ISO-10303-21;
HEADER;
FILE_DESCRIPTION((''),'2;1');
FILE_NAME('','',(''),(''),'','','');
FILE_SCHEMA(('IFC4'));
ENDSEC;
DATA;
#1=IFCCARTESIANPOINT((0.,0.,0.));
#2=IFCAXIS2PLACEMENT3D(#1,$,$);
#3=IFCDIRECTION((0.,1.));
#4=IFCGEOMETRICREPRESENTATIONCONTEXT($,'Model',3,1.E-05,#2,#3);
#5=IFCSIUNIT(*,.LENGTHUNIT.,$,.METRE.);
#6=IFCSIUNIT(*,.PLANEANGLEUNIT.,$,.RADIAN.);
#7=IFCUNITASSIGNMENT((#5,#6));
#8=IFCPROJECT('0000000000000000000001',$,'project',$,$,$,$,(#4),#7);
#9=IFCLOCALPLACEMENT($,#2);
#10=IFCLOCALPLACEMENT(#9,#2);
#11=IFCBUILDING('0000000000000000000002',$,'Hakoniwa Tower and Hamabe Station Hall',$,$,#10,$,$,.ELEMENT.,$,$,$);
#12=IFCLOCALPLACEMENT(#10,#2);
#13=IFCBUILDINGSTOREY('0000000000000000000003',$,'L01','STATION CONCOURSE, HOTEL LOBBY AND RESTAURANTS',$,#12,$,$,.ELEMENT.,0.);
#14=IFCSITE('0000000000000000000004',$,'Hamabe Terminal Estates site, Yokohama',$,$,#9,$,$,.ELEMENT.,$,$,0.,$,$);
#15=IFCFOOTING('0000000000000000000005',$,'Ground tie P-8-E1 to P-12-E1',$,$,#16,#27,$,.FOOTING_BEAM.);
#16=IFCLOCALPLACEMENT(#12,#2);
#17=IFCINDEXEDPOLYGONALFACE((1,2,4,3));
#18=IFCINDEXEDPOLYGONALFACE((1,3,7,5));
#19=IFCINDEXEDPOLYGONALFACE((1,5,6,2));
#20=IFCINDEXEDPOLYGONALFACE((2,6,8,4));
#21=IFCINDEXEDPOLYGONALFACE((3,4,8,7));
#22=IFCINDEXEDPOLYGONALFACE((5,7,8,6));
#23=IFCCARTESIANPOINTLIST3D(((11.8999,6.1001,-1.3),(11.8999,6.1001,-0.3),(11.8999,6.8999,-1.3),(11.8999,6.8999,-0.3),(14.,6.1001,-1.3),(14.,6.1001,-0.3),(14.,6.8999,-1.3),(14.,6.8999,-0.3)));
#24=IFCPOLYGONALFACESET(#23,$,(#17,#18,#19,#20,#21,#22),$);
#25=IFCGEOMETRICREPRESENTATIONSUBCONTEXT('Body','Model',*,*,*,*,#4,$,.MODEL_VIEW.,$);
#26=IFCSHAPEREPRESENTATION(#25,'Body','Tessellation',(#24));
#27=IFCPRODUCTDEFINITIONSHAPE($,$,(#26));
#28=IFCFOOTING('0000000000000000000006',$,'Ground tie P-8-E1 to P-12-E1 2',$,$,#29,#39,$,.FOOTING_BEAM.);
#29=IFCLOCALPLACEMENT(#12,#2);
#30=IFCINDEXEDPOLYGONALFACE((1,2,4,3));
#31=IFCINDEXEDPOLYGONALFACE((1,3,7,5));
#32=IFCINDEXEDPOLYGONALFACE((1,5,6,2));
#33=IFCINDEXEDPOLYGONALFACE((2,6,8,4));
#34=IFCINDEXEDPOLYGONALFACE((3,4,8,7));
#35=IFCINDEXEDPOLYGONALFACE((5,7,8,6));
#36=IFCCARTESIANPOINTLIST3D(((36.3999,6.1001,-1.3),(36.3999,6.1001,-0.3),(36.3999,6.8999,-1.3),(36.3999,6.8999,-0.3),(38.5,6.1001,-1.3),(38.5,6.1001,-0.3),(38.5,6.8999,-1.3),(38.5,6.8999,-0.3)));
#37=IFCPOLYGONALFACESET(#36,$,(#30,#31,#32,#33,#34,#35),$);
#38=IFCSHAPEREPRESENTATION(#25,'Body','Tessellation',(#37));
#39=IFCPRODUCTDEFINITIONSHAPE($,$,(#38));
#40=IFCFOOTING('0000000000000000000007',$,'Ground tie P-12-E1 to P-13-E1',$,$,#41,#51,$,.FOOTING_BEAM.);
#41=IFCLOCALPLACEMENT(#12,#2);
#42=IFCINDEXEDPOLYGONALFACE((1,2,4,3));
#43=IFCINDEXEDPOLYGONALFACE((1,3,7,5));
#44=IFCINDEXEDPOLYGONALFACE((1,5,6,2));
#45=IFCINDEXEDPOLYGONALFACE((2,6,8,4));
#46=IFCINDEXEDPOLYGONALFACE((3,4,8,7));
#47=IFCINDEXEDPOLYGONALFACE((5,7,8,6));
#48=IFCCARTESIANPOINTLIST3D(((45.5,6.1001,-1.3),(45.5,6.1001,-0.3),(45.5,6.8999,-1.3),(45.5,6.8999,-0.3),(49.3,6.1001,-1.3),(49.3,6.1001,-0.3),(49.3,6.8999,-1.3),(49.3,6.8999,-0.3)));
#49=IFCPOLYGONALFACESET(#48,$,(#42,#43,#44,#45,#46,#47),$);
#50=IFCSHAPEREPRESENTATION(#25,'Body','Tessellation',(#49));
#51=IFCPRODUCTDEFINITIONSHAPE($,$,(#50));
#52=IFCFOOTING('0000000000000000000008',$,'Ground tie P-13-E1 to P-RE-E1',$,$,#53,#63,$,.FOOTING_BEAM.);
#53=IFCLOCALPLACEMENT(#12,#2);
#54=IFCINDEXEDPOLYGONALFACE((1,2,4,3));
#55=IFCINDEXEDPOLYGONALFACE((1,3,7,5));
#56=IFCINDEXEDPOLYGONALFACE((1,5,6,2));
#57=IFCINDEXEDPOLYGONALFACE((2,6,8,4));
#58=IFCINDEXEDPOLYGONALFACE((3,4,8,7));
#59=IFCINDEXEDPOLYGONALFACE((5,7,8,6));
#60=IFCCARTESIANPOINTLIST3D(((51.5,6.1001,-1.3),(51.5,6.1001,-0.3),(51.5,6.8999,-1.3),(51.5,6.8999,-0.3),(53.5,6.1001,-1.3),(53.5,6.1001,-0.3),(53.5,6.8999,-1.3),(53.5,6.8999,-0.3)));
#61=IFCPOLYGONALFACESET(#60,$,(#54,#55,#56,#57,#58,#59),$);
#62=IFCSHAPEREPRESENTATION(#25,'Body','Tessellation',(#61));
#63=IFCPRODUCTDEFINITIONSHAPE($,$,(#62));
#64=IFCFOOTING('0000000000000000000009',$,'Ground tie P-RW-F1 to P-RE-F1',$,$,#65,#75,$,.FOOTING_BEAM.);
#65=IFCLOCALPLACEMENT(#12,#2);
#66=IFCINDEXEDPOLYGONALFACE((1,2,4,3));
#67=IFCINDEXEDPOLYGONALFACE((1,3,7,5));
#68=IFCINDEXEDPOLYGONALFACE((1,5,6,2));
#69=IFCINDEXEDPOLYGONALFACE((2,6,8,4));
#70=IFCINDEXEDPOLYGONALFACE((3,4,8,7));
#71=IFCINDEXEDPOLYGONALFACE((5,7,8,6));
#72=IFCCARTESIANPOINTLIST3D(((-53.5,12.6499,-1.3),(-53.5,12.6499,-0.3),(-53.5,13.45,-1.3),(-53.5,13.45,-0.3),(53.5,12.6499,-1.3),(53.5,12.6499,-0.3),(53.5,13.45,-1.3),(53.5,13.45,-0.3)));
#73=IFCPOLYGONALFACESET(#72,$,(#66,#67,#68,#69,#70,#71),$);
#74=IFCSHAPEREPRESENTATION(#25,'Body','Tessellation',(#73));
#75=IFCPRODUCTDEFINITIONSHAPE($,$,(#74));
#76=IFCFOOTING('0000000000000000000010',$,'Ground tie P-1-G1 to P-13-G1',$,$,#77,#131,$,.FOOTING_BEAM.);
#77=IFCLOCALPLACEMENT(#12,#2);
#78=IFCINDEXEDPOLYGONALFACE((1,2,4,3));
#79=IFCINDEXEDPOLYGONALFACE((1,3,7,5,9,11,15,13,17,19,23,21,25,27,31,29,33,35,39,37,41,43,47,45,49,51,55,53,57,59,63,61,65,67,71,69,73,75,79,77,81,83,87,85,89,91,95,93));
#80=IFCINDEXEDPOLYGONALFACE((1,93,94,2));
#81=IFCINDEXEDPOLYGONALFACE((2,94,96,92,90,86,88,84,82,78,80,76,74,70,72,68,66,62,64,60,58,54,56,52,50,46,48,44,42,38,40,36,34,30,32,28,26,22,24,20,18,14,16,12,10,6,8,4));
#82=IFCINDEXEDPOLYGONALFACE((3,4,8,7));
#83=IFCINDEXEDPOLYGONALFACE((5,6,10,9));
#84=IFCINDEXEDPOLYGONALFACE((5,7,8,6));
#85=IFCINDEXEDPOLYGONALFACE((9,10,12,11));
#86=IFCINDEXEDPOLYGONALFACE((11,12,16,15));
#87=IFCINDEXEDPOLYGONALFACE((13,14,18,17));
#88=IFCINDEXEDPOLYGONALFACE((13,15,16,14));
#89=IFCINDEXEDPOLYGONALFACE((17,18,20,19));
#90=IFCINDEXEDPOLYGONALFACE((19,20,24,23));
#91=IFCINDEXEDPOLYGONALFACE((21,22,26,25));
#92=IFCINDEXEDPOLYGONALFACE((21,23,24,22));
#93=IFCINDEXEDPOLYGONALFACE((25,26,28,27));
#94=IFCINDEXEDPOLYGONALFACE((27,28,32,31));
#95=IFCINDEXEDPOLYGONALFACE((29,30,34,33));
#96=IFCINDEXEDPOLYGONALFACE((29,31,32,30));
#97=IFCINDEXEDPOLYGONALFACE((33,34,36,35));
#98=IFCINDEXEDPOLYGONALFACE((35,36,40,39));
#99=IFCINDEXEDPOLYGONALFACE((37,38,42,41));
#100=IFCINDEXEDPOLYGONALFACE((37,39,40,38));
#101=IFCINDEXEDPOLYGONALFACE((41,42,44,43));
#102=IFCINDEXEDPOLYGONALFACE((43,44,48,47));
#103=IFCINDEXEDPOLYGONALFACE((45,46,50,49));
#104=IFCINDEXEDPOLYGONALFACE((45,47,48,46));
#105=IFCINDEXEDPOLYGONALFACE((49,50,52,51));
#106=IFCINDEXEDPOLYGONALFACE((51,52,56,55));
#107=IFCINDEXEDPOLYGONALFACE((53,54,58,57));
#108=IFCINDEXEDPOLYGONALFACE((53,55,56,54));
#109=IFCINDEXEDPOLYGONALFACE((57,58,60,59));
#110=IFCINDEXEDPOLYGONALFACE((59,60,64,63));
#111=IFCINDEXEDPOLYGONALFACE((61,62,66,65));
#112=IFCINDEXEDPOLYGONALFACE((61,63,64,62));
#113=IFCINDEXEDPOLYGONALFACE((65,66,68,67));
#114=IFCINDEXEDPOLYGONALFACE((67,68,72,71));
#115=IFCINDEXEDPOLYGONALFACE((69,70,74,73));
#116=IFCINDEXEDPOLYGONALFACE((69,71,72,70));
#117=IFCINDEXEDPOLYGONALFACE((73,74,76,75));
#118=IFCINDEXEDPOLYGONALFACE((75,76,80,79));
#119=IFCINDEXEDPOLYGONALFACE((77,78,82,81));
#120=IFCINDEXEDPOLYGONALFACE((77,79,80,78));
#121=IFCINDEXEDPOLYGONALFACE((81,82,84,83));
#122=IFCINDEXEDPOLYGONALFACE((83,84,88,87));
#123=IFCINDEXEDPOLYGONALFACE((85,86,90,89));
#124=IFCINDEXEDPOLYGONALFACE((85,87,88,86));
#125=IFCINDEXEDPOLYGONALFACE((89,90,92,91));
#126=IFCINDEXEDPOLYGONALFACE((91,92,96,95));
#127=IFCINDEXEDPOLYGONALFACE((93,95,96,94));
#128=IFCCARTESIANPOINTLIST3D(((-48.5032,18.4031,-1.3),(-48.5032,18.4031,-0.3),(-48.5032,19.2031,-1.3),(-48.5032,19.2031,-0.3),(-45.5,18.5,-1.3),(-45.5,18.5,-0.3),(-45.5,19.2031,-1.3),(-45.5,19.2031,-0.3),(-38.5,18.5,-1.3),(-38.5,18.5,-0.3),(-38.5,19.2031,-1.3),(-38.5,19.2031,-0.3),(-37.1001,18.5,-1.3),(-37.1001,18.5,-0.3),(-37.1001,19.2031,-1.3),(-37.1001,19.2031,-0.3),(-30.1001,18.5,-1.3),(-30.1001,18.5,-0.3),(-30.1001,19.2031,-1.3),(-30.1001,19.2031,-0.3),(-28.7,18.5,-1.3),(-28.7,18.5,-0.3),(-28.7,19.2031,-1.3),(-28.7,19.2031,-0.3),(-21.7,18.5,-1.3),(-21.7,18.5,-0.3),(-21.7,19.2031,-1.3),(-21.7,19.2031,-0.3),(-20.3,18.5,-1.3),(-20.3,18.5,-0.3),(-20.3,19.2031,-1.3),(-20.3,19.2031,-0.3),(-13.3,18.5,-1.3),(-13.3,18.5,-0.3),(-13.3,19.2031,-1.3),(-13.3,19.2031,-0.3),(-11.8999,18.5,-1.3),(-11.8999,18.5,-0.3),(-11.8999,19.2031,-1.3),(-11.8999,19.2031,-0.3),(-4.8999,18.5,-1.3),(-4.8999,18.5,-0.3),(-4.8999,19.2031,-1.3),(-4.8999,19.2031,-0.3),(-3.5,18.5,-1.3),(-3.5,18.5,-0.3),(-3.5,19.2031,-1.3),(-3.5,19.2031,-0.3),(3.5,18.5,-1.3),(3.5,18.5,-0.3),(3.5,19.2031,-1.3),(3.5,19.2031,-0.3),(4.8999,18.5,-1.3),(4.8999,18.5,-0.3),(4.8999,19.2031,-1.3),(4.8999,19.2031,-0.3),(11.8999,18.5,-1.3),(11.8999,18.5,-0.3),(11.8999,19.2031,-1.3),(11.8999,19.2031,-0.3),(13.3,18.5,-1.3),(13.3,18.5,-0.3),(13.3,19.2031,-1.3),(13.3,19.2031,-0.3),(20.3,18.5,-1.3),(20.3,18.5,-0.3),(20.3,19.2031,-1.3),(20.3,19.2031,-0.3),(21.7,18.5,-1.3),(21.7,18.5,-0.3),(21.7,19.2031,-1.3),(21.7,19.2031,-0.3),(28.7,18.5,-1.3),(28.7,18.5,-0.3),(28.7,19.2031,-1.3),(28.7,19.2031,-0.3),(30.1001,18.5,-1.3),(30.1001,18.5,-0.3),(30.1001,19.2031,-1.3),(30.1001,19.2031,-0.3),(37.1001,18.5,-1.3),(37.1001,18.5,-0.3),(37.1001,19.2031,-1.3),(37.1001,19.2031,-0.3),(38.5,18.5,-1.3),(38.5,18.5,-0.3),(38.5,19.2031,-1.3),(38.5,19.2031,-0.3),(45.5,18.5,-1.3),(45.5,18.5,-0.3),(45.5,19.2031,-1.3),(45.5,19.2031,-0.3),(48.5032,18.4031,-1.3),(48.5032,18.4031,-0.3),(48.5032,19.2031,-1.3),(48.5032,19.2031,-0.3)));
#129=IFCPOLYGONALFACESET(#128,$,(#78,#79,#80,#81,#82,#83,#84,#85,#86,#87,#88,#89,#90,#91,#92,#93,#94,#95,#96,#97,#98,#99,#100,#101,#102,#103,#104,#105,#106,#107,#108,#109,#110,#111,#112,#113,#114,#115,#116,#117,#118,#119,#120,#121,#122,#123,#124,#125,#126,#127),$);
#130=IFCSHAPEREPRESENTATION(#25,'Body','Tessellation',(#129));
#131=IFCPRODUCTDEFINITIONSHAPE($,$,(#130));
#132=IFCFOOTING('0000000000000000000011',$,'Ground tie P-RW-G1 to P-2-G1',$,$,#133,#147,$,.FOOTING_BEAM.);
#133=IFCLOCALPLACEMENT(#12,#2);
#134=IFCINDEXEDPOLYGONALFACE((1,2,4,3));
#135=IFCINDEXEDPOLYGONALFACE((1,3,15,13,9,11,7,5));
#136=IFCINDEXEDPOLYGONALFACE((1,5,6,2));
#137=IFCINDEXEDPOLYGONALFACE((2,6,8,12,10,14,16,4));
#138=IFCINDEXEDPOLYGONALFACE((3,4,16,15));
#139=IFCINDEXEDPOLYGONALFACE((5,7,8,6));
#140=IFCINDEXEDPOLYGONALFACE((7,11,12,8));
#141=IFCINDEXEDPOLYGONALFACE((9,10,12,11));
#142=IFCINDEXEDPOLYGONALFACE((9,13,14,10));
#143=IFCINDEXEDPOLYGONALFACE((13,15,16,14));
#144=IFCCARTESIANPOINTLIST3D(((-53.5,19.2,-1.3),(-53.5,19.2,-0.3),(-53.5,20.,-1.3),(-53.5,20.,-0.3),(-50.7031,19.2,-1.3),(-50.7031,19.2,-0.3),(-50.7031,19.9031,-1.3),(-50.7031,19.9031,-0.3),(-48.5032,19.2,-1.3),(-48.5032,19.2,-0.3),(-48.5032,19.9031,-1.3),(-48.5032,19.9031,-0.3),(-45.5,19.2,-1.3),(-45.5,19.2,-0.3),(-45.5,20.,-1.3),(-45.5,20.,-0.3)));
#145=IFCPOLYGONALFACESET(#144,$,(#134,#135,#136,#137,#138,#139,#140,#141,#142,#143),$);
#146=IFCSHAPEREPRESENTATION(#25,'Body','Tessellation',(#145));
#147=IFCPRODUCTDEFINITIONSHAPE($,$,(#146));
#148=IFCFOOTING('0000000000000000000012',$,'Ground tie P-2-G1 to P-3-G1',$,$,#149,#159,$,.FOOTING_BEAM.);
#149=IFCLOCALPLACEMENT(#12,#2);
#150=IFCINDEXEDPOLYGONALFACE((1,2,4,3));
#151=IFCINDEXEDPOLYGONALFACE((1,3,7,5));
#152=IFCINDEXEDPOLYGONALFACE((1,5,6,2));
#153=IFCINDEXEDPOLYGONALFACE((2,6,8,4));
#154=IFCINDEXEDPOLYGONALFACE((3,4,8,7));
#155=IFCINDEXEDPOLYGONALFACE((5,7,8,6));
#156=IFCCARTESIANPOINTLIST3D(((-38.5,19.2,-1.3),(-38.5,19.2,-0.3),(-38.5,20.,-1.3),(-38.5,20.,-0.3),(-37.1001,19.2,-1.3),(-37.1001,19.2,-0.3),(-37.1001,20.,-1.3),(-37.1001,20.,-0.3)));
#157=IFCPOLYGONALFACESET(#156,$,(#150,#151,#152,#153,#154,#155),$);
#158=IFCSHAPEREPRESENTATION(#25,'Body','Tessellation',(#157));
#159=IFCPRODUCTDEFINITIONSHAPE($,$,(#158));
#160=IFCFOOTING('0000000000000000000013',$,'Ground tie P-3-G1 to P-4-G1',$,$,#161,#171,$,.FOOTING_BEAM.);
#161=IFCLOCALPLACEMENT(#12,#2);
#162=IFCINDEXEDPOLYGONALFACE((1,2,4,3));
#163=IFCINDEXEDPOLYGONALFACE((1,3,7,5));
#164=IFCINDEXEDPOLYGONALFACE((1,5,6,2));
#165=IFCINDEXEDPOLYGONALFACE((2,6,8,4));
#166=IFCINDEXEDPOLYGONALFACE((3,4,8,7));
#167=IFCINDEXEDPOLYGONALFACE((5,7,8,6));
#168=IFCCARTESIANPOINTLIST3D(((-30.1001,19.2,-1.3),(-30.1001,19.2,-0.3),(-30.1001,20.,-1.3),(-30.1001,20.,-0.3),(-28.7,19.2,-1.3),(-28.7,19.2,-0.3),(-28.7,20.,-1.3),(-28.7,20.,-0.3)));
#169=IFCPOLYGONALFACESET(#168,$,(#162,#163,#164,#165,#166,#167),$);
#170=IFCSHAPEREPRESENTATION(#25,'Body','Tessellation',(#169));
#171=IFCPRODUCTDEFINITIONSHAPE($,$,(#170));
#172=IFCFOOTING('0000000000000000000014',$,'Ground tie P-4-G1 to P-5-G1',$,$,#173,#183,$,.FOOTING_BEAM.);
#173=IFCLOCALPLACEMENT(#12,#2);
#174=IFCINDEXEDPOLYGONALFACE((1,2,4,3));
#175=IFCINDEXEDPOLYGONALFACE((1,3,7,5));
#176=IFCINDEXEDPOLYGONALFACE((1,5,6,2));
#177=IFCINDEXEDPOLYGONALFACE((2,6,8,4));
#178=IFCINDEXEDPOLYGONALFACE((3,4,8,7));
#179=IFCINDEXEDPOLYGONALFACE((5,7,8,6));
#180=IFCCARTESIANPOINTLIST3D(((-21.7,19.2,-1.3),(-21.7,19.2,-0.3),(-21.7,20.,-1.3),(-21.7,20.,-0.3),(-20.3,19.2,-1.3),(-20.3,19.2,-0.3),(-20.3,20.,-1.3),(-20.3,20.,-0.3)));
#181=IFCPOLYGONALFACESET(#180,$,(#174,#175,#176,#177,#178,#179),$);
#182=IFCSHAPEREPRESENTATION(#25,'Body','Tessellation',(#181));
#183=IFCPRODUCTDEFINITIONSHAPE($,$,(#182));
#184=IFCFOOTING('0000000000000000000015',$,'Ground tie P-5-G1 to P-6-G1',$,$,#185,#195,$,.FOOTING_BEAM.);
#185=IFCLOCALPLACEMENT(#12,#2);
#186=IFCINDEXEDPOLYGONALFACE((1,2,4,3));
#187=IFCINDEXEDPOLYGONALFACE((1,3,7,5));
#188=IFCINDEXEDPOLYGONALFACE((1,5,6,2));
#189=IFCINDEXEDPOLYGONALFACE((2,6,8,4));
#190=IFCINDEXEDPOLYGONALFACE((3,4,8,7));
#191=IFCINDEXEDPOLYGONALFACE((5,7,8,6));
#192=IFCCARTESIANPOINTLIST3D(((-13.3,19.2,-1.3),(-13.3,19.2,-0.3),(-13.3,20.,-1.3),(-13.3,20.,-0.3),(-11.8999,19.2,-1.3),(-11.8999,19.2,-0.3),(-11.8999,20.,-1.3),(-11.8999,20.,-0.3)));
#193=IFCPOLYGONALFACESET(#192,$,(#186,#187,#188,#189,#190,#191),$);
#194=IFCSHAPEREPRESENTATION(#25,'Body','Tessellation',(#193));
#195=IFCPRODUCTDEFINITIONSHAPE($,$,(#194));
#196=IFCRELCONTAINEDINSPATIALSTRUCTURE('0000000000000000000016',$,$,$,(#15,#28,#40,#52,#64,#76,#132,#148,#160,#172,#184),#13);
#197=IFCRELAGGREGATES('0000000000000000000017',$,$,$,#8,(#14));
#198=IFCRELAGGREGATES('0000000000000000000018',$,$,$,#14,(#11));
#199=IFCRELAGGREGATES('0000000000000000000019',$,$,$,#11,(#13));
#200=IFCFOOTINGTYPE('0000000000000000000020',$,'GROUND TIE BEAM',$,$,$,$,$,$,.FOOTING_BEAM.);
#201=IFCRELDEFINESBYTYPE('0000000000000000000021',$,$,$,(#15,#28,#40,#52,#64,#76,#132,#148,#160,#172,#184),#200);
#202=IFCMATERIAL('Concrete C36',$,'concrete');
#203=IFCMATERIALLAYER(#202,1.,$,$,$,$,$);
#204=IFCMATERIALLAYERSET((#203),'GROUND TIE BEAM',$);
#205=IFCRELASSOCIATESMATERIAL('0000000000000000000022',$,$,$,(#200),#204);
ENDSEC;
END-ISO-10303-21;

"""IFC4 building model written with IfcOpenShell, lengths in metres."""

from ifc_helpers import new_model, si_unit, direction, frame, origin, place, context, subcontext, project, spatial, polyline, outline, extrude, material, layer, layer_set, type_object, element, save


model = new_model("IFC4")

# Units and contexts
model_context = context("Model", 3, precision=1e-05, world=origin(), true_north=direction((0.0, 1.0)))
body_context = subcontext(model_context, "Body", "Model", "MODEL_VIEW")
ifc_project = project(units=[si_unit("LENGTHUNIT", "METRE"), si_unit("PLANEANGLEUNIT", "RADIAN")], contexts=[model_context])

# Site, building, storey
site_placement = place(None, origin())
site = spatial("IfcSite", under=ifc_project, at=site_placement, Name="Hamabe Terminal Estates site, Yokohama", CompositionType="ELEMENT", RefElevation=0.0)
building_placement = place(site_placement, origin())
building = spatial("IfcBuilding", under=site, at=building_placement, Name="Hakoniwa Tower and Hamabe Station Hall", CompositionType="ELEMENT")
storey_placement = place(building_placement, origin())
storey = spatial("IfcBuildingStorey", under=building, at=storey_placement, Name="L01", Description="STATION CONCOURSE, HOTEL LOBBY AND RESTAURANTS", CompositionType="ELEMENT", Elevation=0.0)

# Footings
ifc_material = material(Name="Concrete C36", Category="concrete")
ifc_layer = layer(ifc_material, 1.0)
ifc_layer_set = layer_set([ifc_layer], Name="GROUND TIE BEAM")
footing_type = type_object("IfcFootingType", Name="GROUND TIE BEAM", PredefinedType="FOOTING_BEAM", material=ifc_layer_set)
footing_1_placement = place(storey_placement, frame((0.0, 0.0, -1.3)))
element("IfcFooting", 1, at=footing_1_placement, inside=storey, type_object=footing_type, Name="Ground tie P-8-E1 to P-12-E1", PredefinedType="FOOTING_BEAM", context=body_context, shape_type="SweptSolid", body=[
    extrude(outline(polyline([(11.8999, 6.8999), (11.8999, 6.1001), (14.0, 6.1001), (14.0, 6.8999), (11.8999, 6.8999)])), origin(), (0.0, 0.0, 1.0), 1.0),
])
footing_2_placement = place(storey_placement, frame((0.0, 0.0, -1.3)))
element("IfcFooting", 2, at=footing_2_placement, inside=storey, type_object=footing_type, Name="Ground tie P-8-E1 to P-12-E1 2", PredefinedType="FOOTING_BEAM", context=body_context, shape_type="SweptSolid", body=[
    extrude(outline(polyline([(38.5, 6.8999), (36.3999, 6.8999), (36.3999, 6.1001), (38.5, 6.1001), (38.5, 6.8999)])), origin(), (0.0, 0.0, 1.0), 1.0),
])
footing_3_placement = place(storey_placement, frame((0.0, 0.0, -1.3)))
element("IfcFooting", 3, at=footing_3_placement, inside=storey, type_object=footing_type, Name="Ground tie P-12-E1 to P-13-E1", PredefinedType="FOOTING_BEAM", context=body_context, shape_type="SweptSolid", body=[
    extrude(outline(polyline([(45.5, 6.8999), (45.5, 6.1001), (49.3, 6.1001), (49.3, 6.8999), (45.5, 6.8999)])), origin(), (0.0, 0.0, 1.0), 1.0),
])
footing_4_placement = place(storey_placement, frame((0.0, 0.0, -1.3)))
element("IfcFooting", 4, at=footing_4_placement, inside=storey, type_object=footing_type, Name="Ground tie P-13-E1 to P-RE-E1", PredefinedType="FOOTING_BEAM", context=body_context, shape_type="SweptSolid", body=[
    extrude(outline(polyline([(51.5, 6.8999), (51.5, 6.1001), (53.5, 6.1001), (53.5, 6.8999), (51.5, 6.8999)])), origin(), (0.0, 0.0, 1.0), 1.0),
])
footing_5_placement = place(storey_placement, frame((0.0, 0.0, -1.3)))
element("IfcFooting", 5, at=footing_5_placement, inside=storey, type_object=footing_type, Name="Ground tie P-RW-F1 to P-RE-F1", PredefinedType="FOOTING_BEAM", context=body_context, shape_type="SweptSolid", body=[
    extrude(outline(polyline([(-53.5, 13.45), (-53.5, 12.6499), (53.5, 12.6499), (53.5, 13.45), (-53.5, 13.45)])), origin(), (0.0, 0.0, 1.0), 1.0),
])
footing_6_placement = place(storey_placement, frame((0.0, 0.0, -1.3)))
element("IfcFooting", 6, at=footing_6_placement, inside=storey, type_object=footing_type, Name="Ground tie P-1-G1 to P-13-G1", PredefinedType="FOOTING_BEAM", context=body_context, shape_type="SweptSolid", body=[
    extrude(outline(polyline([(-4.8999, 19.2031), (-4.8999, 18.5), (-11.8999, 18.5), (-11.8999, 19.2031), (-13.3, 19.2031), (-13.3, 18.5), (-20.3, 18.5), (-20.3, 19.2031), (-21.7, 19.2031), (-21.7, 18.5), (-28.7, 18.5), (-28.7, 19.2031), (-30.1001, 19.2031), (-30.1001, 18.5), (-37.1001, 18.5), (-37.1001, 19.2031), (-38.5, 19.2031), (-38.5, 18.5), (-45.5, 18.5), (-45.5, 19.2031), (-48.5032, 19.2031), (-48.5032, 18.4031), (48.5032, 18.4031), (48.5032, 19.2031), (45.5, 19.2031), (45.5, 18.5), (38.5, 18.5), (38.5, 19.2031), (37.1001, 19.2031), (37.1001, 18.5), (30.1001, 18.5), (30.1001, 19.2031), (28.7, 19.2031), (28.7, 18.5), (21.7, 18.5), (21.7, 19.2031), (20.3, 19.2031), (20.3, 18.5), (13.3, 18.5), (13.3, 19.2031), (11.8999, 19.2031), (11.8999, 18.5), (4.8999, 18.5), (4.8999, 19.2031), (3.5, 19.2031), (3.5, 18.5), (-3.5, 18.5), (-3.5, 19.2031), (-4.8999, 19.2031)])), origin(), (0.0, 0.0, 1.0), 1.0),
])
footing_7_placement = place(storey_placement, frame((0.0, 0.0, -1.3)))
element("IfcFooting", 7, at=footing_7_placement, inside=storey, type_object=footing_type, Name="Ground tie P-RW-G1 to P-2-G1", PredefinedType="FOOTING_BEAM", context=body_context, shape_type="SweptSolid", body=[
    extrude(outline(polyline([(-53.5, 20.0), (-53.5, 19.2), (-50.7031, 19.2), (-50.7031, 19.9031), (-48.5032, 19.9031), (-48.5032, 19.2), (-45.5, 19.2), (-45.5, 20.0), (-53.5, 20.0)])), origin(), (0.0, 0.0, 1.0), 1.0),
])
footing_8_placement = place(storey_placement, frame((0.0, 0.0, -1.3)))
element("IfcFooting", 8, at=footing_8_placement, inside=storey, type_object=footing_type, Name="Ground tie P-2-G1 to P-3-G1", PredefinedType="FOOTING_BEAM", context=body_context, shape_type="SweptSolid", body=[
    extrude(outline(polyline([(-38.5, 20.0), (-38.5, 19.2), (-37.1001, 19.2), (-37.1001, 20.0), (-38.5, 20.0)])), origin(), (0.0, 0.0, 1.0), 1.0),
])
footing_9_placement = place(storey_placement, frame((0.0, 0.0, -1.3)))
element("IfcFooting", 9, at=footing_9_placement, inside=storey, type_object=footing_type, Name="Ground tie P-3-G1 to P-4-G1", PredefinedType="FOOTING_BEAM", context=body_context, shape_type="SweptSolid", body=[
    extrude(outline(polyline([(-30.1001, 20.0), (-30.1001, 19.2), (-28.7, 19.2), (-28.7, 20.0), (-30.1001, 20.0)])), origin(), (0.0, 0.0, 1.0), 1.0),
])
footing_10_placement = place(storey_placement, frame((0.0, 0.0, -1.3)))
element("IfcFooting", 10, at=footing_10_placement, inside=storey, type_object=footing_type, Name="Ground tie P-4-G1 to P-5-G1", PredefinedType="FOOTING_BEAM", context=body_context, shape_type="SweptSolid", body=[
    extrude(outline(polyline([(-21.7, 20.0), (-21.7, 19.2), (-20.3, 19.2), (-20.3, 20.0), (-21.7, 20.0)])), origin(), (0.0, 0.0, 1.0), 1.0),
])
footing_11_placement = place(storey_placement, frame((0.0, 0.0, -1.3)))
element("IfcFooting", 11, at=footing_11_placement, inside=storey, type_object=footing_type, Name="Ground tie P-5-G1 to P-6-G1", PredefinedType="FOOTING_BEAM", context=body_context, shape_type="SweptSolid", body=[
    extrude(outline(polyline([(-13.3, 20.0), (-13.3, 19.2), (-11.8999, 19.2), (-11.8999, 20.0), (-13.3, 20.0)])), origin(), (0.0, 0.0, 1.0), 1.0),
])

save(model, "model.ifc")
